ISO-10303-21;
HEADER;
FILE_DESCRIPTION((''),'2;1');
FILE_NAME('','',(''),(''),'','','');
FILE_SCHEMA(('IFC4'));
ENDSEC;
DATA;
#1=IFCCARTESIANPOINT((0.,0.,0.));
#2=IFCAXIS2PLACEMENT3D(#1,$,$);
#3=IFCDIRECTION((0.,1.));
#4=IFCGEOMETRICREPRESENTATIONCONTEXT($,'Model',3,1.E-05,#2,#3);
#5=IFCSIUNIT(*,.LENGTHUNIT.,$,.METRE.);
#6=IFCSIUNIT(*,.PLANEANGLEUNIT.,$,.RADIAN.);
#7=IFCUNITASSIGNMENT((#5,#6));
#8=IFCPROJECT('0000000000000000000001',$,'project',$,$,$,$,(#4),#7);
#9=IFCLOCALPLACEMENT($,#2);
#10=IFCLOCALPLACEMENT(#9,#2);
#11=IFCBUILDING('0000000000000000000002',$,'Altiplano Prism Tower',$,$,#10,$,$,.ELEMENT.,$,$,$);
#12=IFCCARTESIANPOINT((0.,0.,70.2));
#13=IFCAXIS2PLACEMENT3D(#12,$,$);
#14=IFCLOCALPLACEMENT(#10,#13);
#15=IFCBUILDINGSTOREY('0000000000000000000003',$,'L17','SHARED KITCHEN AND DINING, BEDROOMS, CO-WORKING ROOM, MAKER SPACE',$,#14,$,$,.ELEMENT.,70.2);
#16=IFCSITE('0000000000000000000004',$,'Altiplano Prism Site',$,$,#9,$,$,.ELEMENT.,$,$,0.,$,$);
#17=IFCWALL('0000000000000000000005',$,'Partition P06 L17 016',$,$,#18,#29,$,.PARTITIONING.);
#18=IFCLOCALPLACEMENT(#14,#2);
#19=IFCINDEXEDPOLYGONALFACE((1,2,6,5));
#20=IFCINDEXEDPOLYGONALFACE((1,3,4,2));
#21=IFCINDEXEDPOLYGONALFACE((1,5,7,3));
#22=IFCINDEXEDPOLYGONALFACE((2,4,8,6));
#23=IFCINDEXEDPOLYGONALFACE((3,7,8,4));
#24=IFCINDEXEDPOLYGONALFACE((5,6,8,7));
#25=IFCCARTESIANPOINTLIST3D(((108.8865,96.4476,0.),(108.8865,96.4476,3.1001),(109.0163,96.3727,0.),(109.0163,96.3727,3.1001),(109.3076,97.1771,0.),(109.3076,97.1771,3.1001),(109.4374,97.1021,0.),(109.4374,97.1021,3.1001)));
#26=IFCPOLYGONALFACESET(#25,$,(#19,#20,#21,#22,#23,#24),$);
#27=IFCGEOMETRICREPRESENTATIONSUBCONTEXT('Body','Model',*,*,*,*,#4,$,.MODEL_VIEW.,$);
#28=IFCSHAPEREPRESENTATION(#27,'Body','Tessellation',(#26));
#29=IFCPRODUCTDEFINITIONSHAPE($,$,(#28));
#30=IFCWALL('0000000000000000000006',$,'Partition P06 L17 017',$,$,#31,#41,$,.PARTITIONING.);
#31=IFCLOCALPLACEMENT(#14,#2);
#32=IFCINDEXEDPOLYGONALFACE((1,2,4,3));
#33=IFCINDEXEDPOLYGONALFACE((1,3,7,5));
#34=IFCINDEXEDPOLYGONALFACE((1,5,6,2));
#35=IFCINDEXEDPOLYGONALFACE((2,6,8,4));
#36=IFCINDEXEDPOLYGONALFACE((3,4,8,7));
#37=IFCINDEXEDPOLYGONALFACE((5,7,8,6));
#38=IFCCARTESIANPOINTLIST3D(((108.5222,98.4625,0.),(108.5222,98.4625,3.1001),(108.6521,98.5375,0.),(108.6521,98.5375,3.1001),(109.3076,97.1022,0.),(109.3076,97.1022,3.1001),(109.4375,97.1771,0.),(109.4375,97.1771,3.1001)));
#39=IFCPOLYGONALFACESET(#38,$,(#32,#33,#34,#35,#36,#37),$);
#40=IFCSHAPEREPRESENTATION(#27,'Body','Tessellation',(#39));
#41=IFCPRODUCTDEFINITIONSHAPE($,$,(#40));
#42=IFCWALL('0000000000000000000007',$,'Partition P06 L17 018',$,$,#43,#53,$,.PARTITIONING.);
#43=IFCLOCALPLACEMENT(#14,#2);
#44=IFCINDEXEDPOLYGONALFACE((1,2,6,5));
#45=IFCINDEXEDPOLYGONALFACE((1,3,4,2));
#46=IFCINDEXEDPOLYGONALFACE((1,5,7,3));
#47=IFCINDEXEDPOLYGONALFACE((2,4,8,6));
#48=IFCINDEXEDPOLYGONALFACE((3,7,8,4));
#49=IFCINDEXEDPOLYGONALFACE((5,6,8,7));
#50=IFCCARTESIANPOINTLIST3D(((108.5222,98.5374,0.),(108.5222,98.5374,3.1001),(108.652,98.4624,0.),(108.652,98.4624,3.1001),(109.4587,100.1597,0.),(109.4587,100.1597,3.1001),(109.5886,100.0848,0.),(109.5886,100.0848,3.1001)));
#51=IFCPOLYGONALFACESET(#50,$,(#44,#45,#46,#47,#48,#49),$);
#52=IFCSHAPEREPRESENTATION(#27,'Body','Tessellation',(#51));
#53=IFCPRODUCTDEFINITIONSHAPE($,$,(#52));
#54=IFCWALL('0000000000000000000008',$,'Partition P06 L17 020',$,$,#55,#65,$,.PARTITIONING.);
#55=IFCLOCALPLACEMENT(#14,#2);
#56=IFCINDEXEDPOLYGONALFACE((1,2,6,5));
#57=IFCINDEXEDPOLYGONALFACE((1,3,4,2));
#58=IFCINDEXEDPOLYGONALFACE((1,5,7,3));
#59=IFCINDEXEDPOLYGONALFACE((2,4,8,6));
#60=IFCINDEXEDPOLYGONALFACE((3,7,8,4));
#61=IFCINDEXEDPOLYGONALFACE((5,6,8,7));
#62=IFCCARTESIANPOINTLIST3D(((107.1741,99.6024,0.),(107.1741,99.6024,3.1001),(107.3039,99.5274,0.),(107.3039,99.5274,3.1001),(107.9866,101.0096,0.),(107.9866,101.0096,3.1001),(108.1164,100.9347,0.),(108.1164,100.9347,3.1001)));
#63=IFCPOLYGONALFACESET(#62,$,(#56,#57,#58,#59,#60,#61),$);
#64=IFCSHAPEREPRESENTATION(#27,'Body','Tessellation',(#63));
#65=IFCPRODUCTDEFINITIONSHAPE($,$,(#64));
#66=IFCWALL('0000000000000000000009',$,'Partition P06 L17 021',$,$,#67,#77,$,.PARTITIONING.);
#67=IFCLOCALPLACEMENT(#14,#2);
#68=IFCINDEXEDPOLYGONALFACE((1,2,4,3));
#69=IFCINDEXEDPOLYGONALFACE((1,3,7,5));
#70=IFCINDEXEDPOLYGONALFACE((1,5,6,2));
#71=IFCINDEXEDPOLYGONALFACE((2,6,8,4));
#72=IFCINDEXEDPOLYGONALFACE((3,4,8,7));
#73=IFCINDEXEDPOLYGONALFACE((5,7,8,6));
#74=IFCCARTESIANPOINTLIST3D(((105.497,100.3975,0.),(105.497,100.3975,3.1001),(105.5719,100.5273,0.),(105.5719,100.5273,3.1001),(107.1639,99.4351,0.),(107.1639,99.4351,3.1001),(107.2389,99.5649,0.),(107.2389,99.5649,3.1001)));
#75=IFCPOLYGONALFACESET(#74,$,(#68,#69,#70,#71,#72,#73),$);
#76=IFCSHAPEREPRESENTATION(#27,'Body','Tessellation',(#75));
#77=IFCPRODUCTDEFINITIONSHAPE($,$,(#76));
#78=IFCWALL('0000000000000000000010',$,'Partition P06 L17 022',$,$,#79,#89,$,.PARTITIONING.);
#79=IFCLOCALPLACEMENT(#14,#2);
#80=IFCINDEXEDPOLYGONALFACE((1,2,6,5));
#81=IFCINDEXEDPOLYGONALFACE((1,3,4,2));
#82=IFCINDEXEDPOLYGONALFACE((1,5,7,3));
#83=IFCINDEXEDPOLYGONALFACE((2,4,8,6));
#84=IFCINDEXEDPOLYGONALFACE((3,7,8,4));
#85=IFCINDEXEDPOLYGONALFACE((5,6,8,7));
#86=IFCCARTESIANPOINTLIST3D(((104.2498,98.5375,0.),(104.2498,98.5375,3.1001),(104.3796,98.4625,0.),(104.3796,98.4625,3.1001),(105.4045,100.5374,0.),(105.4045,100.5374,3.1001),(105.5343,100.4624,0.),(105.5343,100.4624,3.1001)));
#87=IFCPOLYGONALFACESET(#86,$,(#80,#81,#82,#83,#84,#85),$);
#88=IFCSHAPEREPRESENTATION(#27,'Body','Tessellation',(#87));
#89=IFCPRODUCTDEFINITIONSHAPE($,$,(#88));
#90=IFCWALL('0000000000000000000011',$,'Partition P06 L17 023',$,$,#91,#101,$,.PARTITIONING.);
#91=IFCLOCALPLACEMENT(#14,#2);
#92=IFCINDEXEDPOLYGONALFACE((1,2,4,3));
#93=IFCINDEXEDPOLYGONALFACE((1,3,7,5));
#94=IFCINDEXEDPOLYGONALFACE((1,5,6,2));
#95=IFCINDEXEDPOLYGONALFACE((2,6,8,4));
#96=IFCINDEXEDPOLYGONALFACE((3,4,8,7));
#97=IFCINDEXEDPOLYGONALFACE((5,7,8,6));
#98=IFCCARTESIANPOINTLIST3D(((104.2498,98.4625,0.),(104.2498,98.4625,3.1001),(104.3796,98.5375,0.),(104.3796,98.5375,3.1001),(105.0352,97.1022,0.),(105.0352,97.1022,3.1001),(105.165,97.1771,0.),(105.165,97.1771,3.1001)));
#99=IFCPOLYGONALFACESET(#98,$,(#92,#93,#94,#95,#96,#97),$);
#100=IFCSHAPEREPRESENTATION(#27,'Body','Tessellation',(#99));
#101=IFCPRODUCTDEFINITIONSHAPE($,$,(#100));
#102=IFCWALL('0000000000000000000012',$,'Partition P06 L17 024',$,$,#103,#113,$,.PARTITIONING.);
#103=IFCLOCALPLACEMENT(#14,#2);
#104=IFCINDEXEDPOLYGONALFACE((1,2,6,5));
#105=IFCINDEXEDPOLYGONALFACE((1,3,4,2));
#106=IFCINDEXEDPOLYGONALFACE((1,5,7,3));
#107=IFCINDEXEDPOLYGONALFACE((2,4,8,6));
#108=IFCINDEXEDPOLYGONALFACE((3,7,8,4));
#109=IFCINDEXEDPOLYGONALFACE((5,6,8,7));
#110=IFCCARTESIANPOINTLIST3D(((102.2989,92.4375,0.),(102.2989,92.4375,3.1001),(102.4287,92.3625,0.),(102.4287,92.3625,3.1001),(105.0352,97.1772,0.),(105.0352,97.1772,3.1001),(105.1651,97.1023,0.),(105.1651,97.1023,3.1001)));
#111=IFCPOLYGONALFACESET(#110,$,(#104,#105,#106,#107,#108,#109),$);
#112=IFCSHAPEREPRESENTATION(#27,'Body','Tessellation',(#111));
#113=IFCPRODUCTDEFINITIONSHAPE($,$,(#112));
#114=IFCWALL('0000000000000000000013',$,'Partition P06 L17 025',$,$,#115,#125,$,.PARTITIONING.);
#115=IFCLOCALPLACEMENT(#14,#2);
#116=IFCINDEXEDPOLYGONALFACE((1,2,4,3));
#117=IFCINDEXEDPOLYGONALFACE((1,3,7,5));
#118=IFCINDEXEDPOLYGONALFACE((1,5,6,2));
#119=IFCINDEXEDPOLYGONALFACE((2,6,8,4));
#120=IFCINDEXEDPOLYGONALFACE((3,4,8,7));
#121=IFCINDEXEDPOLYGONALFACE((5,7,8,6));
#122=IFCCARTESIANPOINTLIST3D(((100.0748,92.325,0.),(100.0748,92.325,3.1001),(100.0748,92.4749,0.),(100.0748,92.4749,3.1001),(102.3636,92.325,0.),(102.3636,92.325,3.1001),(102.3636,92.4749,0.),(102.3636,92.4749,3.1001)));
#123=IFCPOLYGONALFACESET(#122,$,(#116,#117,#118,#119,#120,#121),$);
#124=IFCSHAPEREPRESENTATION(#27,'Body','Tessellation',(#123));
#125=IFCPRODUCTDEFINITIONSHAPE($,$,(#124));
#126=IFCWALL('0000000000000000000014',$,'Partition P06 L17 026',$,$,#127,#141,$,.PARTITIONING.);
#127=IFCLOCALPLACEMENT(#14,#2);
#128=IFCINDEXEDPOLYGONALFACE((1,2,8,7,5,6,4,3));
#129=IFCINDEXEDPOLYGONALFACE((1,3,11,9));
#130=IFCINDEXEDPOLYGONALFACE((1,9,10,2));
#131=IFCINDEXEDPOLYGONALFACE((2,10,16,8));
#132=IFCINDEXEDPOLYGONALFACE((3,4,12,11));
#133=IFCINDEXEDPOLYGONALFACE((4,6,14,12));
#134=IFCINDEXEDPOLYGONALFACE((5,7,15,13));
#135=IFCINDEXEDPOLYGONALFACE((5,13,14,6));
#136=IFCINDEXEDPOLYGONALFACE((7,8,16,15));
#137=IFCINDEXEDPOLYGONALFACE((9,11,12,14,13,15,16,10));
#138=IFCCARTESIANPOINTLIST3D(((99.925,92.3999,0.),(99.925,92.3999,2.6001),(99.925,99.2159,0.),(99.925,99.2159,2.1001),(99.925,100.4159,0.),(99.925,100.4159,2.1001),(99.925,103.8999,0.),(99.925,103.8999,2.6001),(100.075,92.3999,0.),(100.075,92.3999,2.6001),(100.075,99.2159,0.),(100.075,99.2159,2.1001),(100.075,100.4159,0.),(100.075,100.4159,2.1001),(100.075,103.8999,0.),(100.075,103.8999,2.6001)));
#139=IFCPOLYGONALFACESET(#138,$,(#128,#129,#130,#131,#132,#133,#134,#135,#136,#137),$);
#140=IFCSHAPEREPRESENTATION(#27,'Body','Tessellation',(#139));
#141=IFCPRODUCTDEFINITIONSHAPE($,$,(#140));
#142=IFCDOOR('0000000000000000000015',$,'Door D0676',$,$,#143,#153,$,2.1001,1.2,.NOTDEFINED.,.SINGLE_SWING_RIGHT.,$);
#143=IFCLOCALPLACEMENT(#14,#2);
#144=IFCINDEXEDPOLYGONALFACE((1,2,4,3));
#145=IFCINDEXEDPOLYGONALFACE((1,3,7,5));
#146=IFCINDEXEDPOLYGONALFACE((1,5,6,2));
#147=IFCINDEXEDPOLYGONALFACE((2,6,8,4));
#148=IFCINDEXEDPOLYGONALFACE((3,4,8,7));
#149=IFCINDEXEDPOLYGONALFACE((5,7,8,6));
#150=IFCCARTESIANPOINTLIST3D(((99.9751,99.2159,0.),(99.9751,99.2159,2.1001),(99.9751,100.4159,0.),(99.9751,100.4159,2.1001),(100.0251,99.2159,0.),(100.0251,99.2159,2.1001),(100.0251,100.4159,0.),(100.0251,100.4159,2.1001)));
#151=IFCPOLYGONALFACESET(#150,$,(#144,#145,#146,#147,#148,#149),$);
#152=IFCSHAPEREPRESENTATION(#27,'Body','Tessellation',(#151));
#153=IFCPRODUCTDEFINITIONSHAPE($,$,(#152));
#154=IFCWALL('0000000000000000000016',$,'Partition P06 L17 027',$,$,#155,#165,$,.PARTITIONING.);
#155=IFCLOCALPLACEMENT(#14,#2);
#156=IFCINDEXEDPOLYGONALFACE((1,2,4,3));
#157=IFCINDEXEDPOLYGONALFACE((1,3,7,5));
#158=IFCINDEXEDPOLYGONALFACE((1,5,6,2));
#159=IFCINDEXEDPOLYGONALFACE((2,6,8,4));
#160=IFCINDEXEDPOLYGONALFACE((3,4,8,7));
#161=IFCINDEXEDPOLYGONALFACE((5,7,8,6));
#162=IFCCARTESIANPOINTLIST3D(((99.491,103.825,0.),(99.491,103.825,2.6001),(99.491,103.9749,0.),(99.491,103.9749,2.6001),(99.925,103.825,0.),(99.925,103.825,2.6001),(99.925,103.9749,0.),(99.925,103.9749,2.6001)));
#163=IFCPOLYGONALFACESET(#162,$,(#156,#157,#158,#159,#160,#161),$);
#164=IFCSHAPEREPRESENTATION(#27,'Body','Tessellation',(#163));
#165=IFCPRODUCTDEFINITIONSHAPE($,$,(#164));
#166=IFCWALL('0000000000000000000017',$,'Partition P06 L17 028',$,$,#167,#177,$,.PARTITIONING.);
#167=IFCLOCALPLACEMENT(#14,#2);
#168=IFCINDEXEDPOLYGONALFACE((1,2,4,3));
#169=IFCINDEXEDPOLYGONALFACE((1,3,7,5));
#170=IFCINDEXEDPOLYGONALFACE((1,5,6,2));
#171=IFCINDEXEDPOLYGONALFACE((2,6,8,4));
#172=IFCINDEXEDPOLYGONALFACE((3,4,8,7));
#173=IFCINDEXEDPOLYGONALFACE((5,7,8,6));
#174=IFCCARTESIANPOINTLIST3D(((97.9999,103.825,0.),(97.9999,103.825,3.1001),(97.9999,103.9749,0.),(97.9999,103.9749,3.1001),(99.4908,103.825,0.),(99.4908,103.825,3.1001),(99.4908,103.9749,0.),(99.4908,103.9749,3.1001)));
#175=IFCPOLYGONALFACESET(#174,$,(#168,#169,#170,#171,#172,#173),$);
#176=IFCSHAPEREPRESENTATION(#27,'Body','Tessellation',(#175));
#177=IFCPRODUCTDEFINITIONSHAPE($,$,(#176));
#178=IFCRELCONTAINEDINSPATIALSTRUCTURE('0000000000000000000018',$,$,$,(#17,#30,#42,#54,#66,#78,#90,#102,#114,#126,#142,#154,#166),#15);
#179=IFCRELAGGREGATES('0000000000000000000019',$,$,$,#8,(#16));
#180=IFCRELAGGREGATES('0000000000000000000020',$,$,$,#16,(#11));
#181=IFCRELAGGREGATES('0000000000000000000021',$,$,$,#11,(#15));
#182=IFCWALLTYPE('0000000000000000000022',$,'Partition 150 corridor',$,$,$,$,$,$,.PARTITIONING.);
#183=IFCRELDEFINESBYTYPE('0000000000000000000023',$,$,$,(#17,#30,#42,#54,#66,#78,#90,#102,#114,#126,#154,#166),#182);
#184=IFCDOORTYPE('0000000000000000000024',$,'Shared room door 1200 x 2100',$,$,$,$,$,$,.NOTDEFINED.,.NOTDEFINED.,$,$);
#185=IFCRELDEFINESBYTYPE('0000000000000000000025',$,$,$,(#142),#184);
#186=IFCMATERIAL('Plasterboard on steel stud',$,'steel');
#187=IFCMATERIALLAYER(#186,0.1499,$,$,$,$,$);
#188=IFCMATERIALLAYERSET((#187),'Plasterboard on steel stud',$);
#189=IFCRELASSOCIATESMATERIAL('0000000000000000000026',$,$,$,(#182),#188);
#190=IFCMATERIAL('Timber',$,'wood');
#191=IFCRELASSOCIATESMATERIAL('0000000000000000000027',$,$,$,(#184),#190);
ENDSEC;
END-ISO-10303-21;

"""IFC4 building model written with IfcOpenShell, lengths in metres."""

from ifc_helpers import new_model, si_unit, direction, frame, frame_2d, origin, place, context, subcontext, project, spatial, rectangle, extrude, material, layer, layer_set, type_object, element, fill, save


model = new_model("IFC4")

# Units and contexts
model_context = context("Model", 3, precision=1e-05, world=origin(), true_north=direction((0.0, 1.0)))
body_context = subcontext(model_context, "Body", "Model", "MODEL_VIEW")
ifc_project = project(units=[si_unit("LENGTHUNIT", "METRE"), si_unit("PLANEANGLEUNIT", "RADIAN")], contexts=[model_context])

# Site, building, storey
site_placement = place(None, origin())
site = spatial("IfcSite", under=ifc_project, at=site_placement, Name="Altiplano Prism Site", CompositionType="ELEMENT", RefElevation=0.0)
building_placement = place(site_placement, origin())
building = spatial("IfcBuilding", under=site, at=building_placement, Name="Altiplano Prism Tower", CompositionType="ELEMENT")
storey_placement = place(building_placement, frame((0.0, 0.0, 70.2)))
storey = spatial("IfcBuildingStorey", under=building, at=storey_placement, Name="L17", Description="SHARED KITCHEN AND DINING, BEDROOMS, CO-WORKING ROOM, MAKER SPACE", CompositionType="ELEMENT", Elevation=70.2)

# Shared definitions
ifc_material_1 = material(Name="Plasterboard on steel stud", Category="steel")
ifc_layer_1 = layer(ifc_material_1, 0.1499)
ifc_layer_set_1 = layer_set([ifc_layer_1], Name="Plasterboard on steel stud")
wall_type_1 = type_object("IfcWallType", Name="Partition 150 corridor", PredefinedType="PARTITIONING", material=ifc_layer_set_1)

# Shared definitions
ifc_material_2 = material(Name="Timber", Category="wood")
door_type = type_object("IfcDoorType", Name="Shared room door 1200 x 2100", OperationType="NOTDEFINED", PredefinedType="NOTDEFINED", material=ifc_material_2)

# Walls
wall_1_placement = place(storey_placement, frame((108.9514, 96.4102, 0.0), z_axis=(0.0, 0.0, 1.0), x_axis=(0.499973, 0.866041, 0.0)))
element("IfcWall", 1, at=wall_1_placement, inside=storey, type_object=wall_type_1, Name="Partition P06 L17 016", PredefinedType="PARTITIONING", context=body_context, shape_type="SweptSolid", body=[
    extrude(rectangle(XDim=0.8423, YDim=0.1499, at=frame_2d((0.4211, 0.0))), origin(), (0.0, 0.0, 1.0), 3.1001),
])
wall_2_placement = place(storey_placement, frame((109.3726, 97.1396, 0.0), z_axis=(0.0, 0.0, 1.0), x_axis=(-0.500001, 0.866025, 0.0)))
element("IfcWall", 2, at=wall_2_placement, inside=storey, type_object=wall_type_1, Name="Partition P06 L17 017", PredefinedType="PARTITIONING", context=body_context, shape_type="SweptSolid", body=[
    extrude(rectangle(XDim=1.5708, YDim=0.1499, at=frame_2d((0.7854, 0.0))), origin(), (0.0, 0.0, 1.0), 3.1001),
])
wall_3_placement = place(storey_placement, frame((108.5872, 98.5, 0.0), z_axis=(0.0, 0.0, 1.0), x_axis=(0.499952, 0.866053, 0.0)))
element("IfcWall", 3, at=wall_3_placement, inside=storey, type_object=wall_type_1, Name="Partition P06 L17 018", PredefinedType="PARTITIONING", context=body_context, shape_type="SweptSolid", body=[
    extrude(rectangle(XDim=1.8733, YDim=0.1499, at=frame_2d((0.9365, 0.0))), origin(), (0.0, 0.0, 1.0), 3.1001),
])
wall_4_placement = place(storey_placement, frame((108.0515, 100.9722, 0.0), z_axis=(0.0, 0.0, 1.0), x_axis=(-0.500017, -0.866015, 0.0)))
element("IfcWall", 4, at=wall_4_placement, inside=storey, type_object=wall_type_1, Name="Partition P06 L17 020", PredefinedType="PARTITIONING", context=body_context, shape_type="SweptSolid", body=[
    extrude(rectangle(XDim=1.625, YDim=0.1499, at=frame_2d((0.8125, 0.0))), origin(), (0.0, 0.0, 1.0), 3.1001),
])
wall_5_placement = place(storey_placement, frame((107.2014, 99.5, 0.0), z_axis=(0.0, 0.0, 1.0), x_axis=(-0.866034, 0.499986, 0.0)))
element("IfcWall", 5, at=wall_5_placement, inside=storey, type_object=wall_type_1, Name="Partition P06 L17 021", PredefinedType="PARTITIONING", context=body_context, shape_type="SweptSolid", body=[
    extrude(rectangle(XDim=1.9248, YDim=0.1499, at=frame_2d((0.9624, 0.0))), origin(), (0.0, 0.0, 1.0), 3.1001),
])
wall_6_placement = place(storey_placement, frame((105.4695, 100.5, 0.0), z_axis=(0.0, 0.0, 1.0), x_axis=(-0.500027, -0.86601, 0.0)))
element("IfcWall", 6, at=wall_6_placement, inside=storey, type_object=wall_type_1, Name="Partition P06 L17 022", PredefinedType="PARTITIONING", context=body_context, shape_type="SweptSolid", body=[
    extrude(rectangle(XDim=2.3093, YDim=0.1499, at=frame_2d((1.1548, 0.0))), origin(), (0.0, 0.0, 1.0), 3.1001),
])
wall_7_placement = place(storey_placement, frame((104.3147, 98.5, 0.0), z_axis=(0.0, 0.0, 1.0), x_axis=(0.500001, -0.866025, 0.0)))
element("IfcWall", 7, at=wall_7_placement, inside=storey, type_object=wall_type_1, Name="Partition P06 L17 023", PredefinedType="PARTITIONING", context=body_context, shape_type="SweptSolid", body=[
    extrude(rectangle(XDim=1.5708, YDim=0.1499, at=frame_2d((0.7854, 0.0))), origin(), (0.0, 0.0, 1.0), 3.1001),
])
wall_8_placement = place(storey_placement, frame((105.1001, 97.1396, 0.0), z_axis=(0.0, 0.0, 1.0), x_axis=(-0.499977, -0.866039, 0.0)))
element("IfcWall", 8, at=wall_8_placement, inside=storey, type_object=wall_type_1, Name="Partition P06 L17 024", PredefinedType="PARTITIONING", context=body_context, shape_type="SweptSolid", body=[
    extrude(rectangle(XDim=5.4729, YDim=0.1499, at=frame_2d((2.7363, 0.0))), origin(), (0.0, 0.0, 1.0), 3.1001),
])
wall_9_placement = place(storey_placement, frame((102.3638, 92.3999, 0.0), z_axis=(0.0, 0.0, 1.0), x_axis=(-1.0, 0.0, 0.0)))
element("IfcWall", 9, at=wall_9_placement, inside=storey, type_object=wall_type_1, Name="Partition P06 L17 025", PredefinedType="PARTITIONING", context=body_context, shape_type="SweptSolid", body=[
    extrude(rectangle(XDim=2.2888, YDim=0.1499, at=frame_2d((1.1445, 0.0))), origin(), (0.0, 0.0, 1.0), 3.1001),
])

# Wall, opening, door
wall_10_placement = place(storey_placement, frame((100.0, 92.3999, 0.0), z_axis=(0.0, 0.0, 1.0), x_axis=(0.0, 1.0, 0.0)))
wall_10 = element("IfcWall", 10, at=wall_10_placement, inside=storey, type_object=wall_type_1, Name="Partition P06 L17 026", PredefinedType="PARTITIONING", context=body_context, shape_type="SweptSolid", body=[
    extrude(rectangle(XDim=11.5, YDim=0.1499, at=frame_2d((5.75, 0.0))), origin(), (0.0, 0.0, 1.0), 2.6001),
])
opening_1_placement = place(wall_10_placement, frame((6.8159, 0.0, 0.0)))
opening_1 = element("IfcOpeningElement", 11, at=opening_1_placement, cuts=wall_10, PredefinedType="OPENING", context=body_context, shape_type="SweptSolid", body=[
    extrude(rectangle(XDim=1.2, YDim=2.1001, at=frame_2d((0.6001, 1.05))), frame((0.0, 0.0854, 0.0), z_axis=(0.0, -1.0, 0.0), x_axis=(1.0, 0.0, 0.0)), (0.0, 0.0, 1.0), 0.1709),
])
door_1_placement = place(opening_1_placement, origin())
door_1 = element("IfcDoor", 12, at=door_1_placement, inside=storey, type_object=door_type, Name="Door D0676", OperationType="SINGLE_SWING_RIGHT", OverallHeight=2.1001, OverallWidth=1.2, PredefinedType="NOTDEFINED", context=body_context, shape_type="SweptSolid", body=[
    extrude(rectangle(XDim=1.2, YDim=2.1001, at=frame_2d((0.6001, 1.05))), frame((0.0, 0.0249, 0.0), z_axis=(0.0, -1.0, 0.0), x_axis=(1.0, 0.0, 0.0)), (0.0, 0.0, 1.0), 0.05),
])
fill(opening_1, door_1)

# Walls
wall_11_placement = place(storey_placement, frame((99.925, 103.8999, 0.0), z_axis=(0.0, 0.0, 1.0), x_axis=(-1.0, 0.0, 0.0)))
element("IfcWall", 13, at=wall_11_placement, inside=storey, type_object=wall_type_1, Name="Partition P06 L17 027", PredefinedType="PARTITIONING", context=body_context, shape_type="SweptSolid", body=[
    extrude(rectangle(XDim=0.4341, YDim=0.1499, at=frame_2d((0.217, 0.0))), origin(), (0.0, 0.0, 1.0), 2.6001),
])
wall_12_placement = place(storey_placement, frame((99.491, 103.8999, 0.0), z_axis=(0.0, 0.0, 1.0), x_axis=(-1.0, 0.0, 0.0)))
element("IfcWall", 14, at=wall_12_placement, inside=storey, type_object=wall_type_1, Name="Partition P06 L17 028", PredefinedType="PARTITIONING", context=body_context, shape_type="SweptSolid", body=[
    extrude(rectangle(XDim=1.491, YDim=0.1499, at=frame_2d((0.7456, 0.0))), origin(), (0.0, 0.0, 1.0), 3.1001),
])

save(model, "model.ifc")
